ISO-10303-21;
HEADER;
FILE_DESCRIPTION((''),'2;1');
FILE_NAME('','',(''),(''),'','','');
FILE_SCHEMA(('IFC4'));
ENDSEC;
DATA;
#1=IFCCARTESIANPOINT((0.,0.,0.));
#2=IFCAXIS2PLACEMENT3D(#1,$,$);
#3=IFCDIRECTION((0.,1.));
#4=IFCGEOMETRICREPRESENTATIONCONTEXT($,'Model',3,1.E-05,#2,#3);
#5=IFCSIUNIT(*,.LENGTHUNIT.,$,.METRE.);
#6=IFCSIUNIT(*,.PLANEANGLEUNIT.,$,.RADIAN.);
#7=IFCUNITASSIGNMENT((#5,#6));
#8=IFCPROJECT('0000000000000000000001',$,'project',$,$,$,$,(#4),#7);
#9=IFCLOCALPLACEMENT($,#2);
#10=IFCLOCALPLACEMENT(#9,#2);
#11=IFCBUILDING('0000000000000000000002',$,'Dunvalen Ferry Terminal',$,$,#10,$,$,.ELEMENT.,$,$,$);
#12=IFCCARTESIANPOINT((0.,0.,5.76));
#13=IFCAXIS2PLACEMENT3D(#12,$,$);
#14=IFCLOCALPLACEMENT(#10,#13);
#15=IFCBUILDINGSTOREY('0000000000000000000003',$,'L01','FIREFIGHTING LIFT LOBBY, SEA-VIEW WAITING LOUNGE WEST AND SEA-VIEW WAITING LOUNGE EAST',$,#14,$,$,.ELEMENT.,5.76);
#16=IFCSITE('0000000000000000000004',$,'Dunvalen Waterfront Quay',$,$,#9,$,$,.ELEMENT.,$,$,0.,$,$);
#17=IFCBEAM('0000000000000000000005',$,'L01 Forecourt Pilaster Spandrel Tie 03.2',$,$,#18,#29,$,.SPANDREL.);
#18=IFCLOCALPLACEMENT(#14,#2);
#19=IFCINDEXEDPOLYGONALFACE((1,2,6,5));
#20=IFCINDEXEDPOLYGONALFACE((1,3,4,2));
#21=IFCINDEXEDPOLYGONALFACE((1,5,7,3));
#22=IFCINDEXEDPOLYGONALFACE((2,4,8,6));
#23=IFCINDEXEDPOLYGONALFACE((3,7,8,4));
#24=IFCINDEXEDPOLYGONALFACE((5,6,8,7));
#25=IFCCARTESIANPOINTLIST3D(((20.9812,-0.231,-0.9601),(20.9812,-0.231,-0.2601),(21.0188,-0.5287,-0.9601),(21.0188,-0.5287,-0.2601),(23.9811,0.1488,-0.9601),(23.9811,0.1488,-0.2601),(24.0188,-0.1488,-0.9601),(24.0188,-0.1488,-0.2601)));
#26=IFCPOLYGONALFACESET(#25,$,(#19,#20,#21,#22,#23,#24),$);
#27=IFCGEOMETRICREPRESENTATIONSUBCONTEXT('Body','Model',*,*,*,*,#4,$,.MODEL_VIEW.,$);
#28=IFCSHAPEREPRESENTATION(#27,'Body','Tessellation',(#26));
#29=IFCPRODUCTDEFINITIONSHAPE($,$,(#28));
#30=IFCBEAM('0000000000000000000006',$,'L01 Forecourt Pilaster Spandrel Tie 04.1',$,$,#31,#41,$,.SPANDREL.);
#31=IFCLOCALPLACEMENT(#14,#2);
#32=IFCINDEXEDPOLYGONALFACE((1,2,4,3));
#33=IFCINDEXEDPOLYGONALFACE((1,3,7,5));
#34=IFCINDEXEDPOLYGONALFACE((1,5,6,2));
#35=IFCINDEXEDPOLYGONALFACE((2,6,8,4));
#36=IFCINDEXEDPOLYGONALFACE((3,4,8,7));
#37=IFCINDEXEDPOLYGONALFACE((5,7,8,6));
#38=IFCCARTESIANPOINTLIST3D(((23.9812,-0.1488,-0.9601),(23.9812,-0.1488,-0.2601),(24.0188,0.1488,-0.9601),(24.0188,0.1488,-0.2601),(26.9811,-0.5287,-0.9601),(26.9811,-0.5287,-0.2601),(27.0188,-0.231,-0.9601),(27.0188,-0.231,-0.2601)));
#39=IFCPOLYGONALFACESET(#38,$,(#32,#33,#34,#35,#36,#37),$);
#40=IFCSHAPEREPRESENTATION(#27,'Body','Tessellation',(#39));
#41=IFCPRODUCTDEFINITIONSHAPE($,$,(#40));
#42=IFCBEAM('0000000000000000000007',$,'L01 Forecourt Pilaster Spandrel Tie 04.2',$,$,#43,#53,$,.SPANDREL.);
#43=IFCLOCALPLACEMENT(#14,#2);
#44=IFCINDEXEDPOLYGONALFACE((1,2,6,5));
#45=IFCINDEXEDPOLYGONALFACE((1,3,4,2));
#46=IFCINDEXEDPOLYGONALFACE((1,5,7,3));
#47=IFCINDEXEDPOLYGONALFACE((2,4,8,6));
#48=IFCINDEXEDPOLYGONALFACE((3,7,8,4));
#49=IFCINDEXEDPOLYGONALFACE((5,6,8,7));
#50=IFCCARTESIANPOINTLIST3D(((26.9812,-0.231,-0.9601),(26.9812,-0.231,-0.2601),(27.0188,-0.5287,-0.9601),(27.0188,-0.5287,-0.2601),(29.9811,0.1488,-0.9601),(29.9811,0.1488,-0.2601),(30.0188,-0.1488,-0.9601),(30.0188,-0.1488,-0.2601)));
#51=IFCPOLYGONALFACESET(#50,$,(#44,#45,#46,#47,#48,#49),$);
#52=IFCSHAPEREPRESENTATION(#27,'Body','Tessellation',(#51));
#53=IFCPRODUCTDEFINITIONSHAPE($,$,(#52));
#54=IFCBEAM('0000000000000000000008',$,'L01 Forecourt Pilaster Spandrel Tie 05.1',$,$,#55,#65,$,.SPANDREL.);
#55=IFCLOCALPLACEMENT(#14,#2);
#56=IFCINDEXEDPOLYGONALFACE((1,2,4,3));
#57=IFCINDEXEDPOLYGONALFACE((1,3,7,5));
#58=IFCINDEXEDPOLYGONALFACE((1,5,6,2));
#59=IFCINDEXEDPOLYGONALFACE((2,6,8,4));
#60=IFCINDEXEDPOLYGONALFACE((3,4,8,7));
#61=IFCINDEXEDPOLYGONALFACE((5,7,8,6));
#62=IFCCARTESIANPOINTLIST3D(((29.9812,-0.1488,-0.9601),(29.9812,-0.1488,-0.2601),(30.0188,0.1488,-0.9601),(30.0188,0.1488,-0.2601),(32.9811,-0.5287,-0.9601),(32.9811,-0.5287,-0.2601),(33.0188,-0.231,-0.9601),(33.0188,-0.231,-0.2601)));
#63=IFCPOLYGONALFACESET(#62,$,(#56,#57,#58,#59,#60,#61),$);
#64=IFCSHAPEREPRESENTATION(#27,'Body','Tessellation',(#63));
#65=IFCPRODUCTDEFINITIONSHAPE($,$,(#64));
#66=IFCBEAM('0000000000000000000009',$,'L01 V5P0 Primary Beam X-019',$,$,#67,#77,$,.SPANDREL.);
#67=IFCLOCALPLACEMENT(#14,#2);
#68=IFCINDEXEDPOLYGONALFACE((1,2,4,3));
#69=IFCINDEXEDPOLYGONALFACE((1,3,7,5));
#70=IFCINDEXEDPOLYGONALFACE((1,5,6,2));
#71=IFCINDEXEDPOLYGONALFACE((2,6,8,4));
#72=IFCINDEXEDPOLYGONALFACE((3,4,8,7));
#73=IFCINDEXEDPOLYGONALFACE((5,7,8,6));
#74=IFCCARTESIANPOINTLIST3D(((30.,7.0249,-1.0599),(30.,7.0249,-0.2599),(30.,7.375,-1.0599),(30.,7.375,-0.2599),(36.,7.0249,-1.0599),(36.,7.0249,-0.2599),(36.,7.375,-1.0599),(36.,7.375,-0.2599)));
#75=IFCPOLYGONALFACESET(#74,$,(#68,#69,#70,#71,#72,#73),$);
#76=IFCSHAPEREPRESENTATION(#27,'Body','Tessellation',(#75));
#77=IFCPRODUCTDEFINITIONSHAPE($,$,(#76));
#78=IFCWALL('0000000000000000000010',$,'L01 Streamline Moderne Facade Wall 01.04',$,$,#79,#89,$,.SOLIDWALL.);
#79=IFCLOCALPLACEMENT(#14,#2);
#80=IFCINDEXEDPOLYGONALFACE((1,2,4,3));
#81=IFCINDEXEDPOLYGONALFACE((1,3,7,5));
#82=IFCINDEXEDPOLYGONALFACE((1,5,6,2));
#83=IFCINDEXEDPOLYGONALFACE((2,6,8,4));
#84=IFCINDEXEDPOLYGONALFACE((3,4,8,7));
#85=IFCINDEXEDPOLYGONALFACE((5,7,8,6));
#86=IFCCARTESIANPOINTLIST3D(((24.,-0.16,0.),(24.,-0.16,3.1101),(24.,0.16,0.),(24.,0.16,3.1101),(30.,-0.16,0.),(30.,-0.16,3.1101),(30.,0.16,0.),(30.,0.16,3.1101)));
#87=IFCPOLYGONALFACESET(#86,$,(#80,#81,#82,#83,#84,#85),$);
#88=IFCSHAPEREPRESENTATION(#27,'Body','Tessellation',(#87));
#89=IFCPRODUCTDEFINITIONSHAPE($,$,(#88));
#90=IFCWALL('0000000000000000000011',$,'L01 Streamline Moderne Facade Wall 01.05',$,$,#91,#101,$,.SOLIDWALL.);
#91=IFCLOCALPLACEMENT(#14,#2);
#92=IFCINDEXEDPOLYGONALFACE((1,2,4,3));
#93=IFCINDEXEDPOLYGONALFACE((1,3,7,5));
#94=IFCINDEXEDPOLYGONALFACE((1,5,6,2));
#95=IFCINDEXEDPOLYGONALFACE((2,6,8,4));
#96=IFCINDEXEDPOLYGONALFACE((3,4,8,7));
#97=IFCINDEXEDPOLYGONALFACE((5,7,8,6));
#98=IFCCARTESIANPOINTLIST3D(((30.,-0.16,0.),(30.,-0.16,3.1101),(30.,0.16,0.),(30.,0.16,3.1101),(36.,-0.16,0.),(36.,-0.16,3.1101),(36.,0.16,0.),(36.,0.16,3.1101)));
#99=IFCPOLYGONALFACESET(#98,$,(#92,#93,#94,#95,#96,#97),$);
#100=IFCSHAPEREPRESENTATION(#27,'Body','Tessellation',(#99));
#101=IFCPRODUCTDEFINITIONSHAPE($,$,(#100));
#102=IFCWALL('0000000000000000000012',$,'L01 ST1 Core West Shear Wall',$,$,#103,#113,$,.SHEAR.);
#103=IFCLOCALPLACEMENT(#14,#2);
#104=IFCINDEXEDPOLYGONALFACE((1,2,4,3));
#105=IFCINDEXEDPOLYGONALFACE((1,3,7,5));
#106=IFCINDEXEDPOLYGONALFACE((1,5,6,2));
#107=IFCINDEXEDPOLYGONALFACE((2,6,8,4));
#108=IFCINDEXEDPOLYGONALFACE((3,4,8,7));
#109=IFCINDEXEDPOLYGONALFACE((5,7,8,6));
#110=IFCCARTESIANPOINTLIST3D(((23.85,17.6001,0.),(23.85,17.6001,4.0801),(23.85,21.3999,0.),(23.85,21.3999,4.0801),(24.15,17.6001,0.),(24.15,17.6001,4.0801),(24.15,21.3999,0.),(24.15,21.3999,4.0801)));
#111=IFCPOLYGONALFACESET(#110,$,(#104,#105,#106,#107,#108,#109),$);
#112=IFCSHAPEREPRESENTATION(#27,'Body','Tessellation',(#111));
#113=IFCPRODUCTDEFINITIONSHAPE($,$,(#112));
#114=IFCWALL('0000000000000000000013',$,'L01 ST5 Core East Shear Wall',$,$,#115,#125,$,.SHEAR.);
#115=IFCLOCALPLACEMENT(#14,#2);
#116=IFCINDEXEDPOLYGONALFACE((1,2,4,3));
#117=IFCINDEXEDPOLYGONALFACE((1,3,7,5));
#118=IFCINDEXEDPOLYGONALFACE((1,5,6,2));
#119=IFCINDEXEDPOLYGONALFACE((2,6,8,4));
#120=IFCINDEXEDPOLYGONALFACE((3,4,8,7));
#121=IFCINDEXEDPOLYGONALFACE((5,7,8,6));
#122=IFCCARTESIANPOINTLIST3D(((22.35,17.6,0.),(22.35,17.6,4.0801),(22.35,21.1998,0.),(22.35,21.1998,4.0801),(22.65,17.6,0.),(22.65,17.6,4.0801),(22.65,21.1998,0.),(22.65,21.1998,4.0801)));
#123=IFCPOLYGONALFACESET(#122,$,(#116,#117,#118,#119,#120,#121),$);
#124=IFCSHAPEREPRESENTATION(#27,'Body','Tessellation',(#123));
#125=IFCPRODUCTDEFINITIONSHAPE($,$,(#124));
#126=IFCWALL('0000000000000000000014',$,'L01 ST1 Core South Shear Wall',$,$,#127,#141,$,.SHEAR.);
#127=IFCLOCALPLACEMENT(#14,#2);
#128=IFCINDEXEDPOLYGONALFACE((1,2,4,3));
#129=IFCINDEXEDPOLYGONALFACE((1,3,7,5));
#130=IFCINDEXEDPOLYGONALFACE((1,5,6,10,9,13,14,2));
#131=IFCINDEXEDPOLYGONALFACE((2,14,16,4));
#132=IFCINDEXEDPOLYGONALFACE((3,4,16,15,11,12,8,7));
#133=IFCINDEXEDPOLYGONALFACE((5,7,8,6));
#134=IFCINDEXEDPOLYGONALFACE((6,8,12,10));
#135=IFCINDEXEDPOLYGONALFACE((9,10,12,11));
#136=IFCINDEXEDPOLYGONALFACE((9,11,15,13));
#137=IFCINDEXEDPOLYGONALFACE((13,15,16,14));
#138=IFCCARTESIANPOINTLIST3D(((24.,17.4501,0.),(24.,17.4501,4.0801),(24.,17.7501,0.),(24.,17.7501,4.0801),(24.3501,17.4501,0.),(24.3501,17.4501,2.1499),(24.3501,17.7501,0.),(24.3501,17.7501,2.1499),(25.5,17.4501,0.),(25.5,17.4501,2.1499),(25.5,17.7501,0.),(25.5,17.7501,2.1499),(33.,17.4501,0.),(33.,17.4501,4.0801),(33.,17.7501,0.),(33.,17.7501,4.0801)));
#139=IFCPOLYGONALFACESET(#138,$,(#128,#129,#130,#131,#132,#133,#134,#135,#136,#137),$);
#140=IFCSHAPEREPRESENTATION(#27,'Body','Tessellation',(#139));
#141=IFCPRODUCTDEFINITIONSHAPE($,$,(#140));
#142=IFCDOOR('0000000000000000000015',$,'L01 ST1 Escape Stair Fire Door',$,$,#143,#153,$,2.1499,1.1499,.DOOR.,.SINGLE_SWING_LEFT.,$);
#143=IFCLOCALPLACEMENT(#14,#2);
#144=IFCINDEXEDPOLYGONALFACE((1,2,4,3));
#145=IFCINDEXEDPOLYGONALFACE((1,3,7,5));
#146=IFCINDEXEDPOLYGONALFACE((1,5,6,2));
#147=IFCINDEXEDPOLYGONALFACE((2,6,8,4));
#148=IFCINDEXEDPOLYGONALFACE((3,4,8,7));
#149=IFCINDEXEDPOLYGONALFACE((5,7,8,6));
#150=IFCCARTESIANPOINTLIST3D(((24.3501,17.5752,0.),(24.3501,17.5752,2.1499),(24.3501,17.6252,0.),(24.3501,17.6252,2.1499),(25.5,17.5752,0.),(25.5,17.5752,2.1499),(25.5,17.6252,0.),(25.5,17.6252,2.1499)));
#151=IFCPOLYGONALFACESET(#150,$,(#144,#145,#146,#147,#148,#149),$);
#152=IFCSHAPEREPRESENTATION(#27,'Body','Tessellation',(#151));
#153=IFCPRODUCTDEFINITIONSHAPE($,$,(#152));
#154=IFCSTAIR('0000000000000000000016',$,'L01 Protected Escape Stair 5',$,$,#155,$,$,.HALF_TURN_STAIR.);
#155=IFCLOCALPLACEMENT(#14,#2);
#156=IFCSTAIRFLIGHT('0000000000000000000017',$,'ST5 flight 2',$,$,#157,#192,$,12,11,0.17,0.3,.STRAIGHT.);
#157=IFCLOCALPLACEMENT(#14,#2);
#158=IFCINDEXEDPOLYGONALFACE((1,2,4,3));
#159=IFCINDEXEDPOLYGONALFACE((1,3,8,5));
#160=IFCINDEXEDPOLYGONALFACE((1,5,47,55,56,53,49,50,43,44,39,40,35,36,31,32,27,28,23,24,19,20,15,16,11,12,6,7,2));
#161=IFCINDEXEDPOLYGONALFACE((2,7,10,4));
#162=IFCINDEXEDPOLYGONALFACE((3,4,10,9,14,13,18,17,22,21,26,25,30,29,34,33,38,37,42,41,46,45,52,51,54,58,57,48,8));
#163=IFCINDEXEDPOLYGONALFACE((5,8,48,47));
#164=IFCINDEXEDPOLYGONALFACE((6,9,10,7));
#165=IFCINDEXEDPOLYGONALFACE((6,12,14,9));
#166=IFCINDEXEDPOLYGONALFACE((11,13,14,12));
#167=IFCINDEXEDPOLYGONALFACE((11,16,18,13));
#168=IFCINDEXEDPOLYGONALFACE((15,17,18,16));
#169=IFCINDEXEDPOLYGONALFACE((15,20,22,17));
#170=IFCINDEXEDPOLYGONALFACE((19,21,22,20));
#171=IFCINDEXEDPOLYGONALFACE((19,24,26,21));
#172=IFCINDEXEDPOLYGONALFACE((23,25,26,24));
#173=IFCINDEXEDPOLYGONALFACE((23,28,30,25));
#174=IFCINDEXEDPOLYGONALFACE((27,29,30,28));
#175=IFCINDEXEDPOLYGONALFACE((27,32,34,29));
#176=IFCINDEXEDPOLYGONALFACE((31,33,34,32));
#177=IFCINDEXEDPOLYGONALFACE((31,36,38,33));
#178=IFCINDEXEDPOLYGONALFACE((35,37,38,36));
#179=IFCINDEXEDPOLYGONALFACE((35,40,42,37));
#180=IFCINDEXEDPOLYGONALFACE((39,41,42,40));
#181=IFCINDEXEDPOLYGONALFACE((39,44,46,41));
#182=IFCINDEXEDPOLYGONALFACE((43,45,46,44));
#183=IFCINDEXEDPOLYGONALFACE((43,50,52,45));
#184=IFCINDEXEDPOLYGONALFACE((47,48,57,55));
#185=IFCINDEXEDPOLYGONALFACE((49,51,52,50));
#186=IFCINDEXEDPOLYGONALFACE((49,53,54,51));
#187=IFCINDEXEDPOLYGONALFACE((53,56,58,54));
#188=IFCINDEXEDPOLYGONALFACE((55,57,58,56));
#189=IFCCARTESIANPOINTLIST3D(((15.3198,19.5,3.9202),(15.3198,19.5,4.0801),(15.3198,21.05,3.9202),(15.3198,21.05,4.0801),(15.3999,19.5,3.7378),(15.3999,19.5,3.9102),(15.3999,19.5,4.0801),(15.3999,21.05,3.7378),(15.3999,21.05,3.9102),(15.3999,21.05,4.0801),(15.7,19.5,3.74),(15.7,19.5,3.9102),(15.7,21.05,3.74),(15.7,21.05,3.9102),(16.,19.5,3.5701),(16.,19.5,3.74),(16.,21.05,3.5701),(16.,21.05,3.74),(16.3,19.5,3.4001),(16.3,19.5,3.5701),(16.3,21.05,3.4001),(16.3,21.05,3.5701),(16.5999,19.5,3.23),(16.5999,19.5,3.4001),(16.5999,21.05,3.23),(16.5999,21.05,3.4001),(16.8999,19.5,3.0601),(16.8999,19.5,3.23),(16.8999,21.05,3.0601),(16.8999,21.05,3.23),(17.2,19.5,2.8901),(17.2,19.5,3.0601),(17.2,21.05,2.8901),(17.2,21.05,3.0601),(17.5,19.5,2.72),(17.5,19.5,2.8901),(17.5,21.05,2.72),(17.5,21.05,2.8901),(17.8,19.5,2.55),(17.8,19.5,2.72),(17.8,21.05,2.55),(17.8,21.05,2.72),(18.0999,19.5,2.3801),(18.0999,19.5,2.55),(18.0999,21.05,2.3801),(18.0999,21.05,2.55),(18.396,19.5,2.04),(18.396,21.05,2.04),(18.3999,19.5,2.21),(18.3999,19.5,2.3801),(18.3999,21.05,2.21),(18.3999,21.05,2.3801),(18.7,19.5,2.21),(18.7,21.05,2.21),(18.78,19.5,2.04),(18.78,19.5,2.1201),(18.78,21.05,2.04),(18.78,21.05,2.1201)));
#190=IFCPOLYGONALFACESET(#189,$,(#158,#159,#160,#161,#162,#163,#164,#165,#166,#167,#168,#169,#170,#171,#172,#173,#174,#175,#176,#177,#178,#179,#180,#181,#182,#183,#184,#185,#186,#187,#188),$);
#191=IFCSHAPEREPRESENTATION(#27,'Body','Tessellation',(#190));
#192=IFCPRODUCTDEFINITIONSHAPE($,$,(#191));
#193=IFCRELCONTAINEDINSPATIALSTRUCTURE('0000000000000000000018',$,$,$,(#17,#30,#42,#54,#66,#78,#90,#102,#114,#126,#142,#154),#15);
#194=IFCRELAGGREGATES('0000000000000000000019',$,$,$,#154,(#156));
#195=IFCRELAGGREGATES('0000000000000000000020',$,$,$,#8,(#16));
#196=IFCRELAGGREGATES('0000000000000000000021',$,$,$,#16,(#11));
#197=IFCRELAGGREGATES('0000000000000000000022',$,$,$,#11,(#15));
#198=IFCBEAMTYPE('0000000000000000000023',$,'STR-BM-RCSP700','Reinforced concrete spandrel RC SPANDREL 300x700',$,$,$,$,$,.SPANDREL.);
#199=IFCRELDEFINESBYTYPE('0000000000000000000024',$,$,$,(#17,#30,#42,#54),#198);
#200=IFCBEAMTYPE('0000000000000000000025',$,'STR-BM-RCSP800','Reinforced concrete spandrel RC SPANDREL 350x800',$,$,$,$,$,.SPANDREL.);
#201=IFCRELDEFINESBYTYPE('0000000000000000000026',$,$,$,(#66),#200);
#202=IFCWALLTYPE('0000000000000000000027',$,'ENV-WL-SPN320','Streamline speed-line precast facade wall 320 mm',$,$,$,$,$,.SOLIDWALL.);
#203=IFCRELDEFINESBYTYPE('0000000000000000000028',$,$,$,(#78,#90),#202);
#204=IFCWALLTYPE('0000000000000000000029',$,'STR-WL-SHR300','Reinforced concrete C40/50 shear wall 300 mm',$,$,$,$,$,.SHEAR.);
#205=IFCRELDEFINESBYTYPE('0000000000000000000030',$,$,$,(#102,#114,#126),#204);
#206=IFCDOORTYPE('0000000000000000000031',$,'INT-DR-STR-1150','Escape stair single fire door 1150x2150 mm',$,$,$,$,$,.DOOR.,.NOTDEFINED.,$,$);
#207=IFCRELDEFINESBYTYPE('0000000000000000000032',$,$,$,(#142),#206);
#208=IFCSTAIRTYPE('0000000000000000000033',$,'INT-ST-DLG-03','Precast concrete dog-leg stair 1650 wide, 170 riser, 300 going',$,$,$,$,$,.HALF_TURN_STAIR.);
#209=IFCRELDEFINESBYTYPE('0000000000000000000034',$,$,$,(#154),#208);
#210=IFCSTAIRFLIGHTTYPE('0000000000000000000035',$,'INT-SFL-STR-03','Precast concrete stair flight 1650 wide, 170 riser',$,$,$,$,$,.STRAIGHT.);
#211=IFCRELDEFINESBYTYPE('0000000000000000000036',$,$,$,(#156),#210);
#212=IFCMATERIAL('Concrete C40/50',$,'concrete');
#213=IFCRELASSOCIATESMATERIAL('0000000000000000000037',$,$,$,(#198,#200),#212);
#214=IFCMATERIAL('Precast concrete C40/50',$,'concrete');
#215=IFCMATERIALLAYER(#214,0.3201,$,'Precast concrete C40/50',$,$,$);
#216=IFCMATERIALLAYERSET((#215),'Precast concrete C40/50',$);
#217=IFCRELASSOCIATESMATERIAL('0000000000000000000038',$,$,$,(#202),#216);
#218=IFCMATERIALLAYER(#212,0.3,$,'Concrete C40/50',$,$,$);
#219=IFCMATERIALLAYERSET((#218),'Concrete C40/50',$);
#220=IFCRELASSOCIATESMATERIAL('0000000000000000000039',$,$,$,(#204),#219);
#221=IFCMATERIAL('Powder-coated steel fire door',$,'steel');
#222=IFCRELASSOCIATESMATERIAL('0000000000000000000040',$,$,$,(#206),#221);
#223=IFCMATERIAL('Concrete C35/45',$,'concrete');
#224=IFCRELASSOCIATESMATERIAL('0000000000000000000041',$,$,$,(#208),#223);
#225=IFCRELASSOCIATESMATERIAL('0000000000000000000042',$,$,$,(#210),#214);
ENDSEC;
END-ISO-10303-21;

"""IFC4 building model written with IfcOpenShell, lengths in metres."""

from ifc_helpers import new_model, si_unit, direction, frame, frame_2d, origin, origin_2d, place, context, subcontext, project, spatial, polyline, rectangle, outline, extrude, material, layer, layer_set, material_profile, profile_set, type_object, element, fill, aggregate, save


model = new_model("IFC4")

# Units and contexts
model_context = context("Model", 3, precision=1e-05, world=origin(), true_north=direction((0.0, 1.0)))
body_context = subcontext(model_context, "Body", "Model", "MODEL_VIEW")
ifc_project = project(units=[si_unit("LENGTHUNIT", "METRE"), si_unit("PLANEANGLEUNIT", "RADIAN")], contexts=[model_context])

# Site, building, storey
site_placement = place(None, origin())
site = spatial("IfcSite", under=ifc_project, at=site_placement, Name="Dunvalen Waterfront Quay", CompositionType="ELEMENT", RefElevation=0.0)
building_placement = place(site_placement, origin())
building = spatial("IfcBuilding", under=site, at=building_placement, Name="Dunvalen Ferry Terminal", CompositionType="ELEMENT")
storey_placement = place(building_placement, frame((0.0, 0.0, 5.76)))
storey = spatial("IfcBuildingStorey", under=building, at=storey_placement, Name="L01", Description="FIREFIGHTING LIFT LOBBY, SEA-VIEW WAITING LOUNGE WEST AND SEA-VIEW WAITING LOUNGE EAST", CompositionType="ELEMENT", Elevation=5.76)

# Shared definitions
ifc_material_1 = material(Name="Concrete C40/50", Category="concrete")

# Beams
ifc_material_2 = material(Name="Concrete C35/45", Category="concrete")
ifc_material_profile_1 = material_profile(ifc_material_1, rectangle(XDim=0.3, YDim=0.7, at=origin_2d()), Name="Concrete C40/50")
ifc_profile_set_1 = profile_set([ifc_material_profile_1], Name="Concrete C40/50")
beam_type_1 = type_object("IfcBeamType", Name="STR-BM-RCSP700", Description="Reinforced concrete spandrel RC SPANDREL 300x700", PredefinedType="SPANDREL", material=ifc_profile_set_1)
for number, where, z_axis, x_axis, name in (
    (1, (21.0, -0.3799, -0.6101), (0.992078, 0.125624, 0.0), (-0.125624, 0.992078, 0.0), "L01 Forecourt Pilaster Spandrel Tie 03.2"),
    (2, (24.0, 0.0, -0.6101), (0.992078, -0.125624, 0.0), (0.125624, 0.992078, 0.0), "L01 Forecourt Pilaster Spandrel Tie 04.1"),
    (3, (27.0, -0.3799, -0.6101), (0.992078, 0.125624, 0.0), (-0.125624, 0.992078, 0.0), "L01 Forecourt Pilaster Spandrel Tie 04.2"),
    (4, (30.0, 0.0, -0.6101), (0.992078, -0.125624, 0.0), (0.125624, 0.992078, 0.0), "L01 Forecourt Pilaster Spandrel Tie 05.1"),
):
    element("IfcBeam", number, at=place(storey_placement, frame(where, z_axis=z_axis, x_axis=x_axis)), inside=storey, type_object=beam_type_1, Name=name, PredefinedType="SPANDREL", context=body_context, shape_type="SweptSolid", body=[
        extrude(rectangle(XDim=0.3, YDim=0.7, at=origin_2d()), origin(), (0.0, 0.0, 1.0), 3.0239),
    ])
ifc_material_profile_2 = material_profile(ifc_material_1, rectangle(XDim=0.3501, YDim=0.8, at=origin_2d()), Name="Concrete C40/50")
ifc_profile_set_2 = profile_set([ifc_material_profile_2], Name="Concrete C40/50")
beam_type_2 = type_object("IfcBeamType", Name="STR-BM-RCSP800", Description="Reinforced concrete spandrel RC SPANDREL 350x800", PredefinedType="SPANDREL", material=ifc_profile_set_2)
beam_1_placement = place(storey_placement, frame((30.0, 7.2, -0.6599), z_axis=(1.0, 0.0, 0.0), x_axis=(0.0, 1.0, 0.0)))
element("IfcBeam", 5, at=beam_1_placement, inside=storey, type_object=beam_type_2, Name="L01 V5P0 Primary Beam X-019", PredefinedType="SPANDREL", context=body_context, shape_type="SweptSolid", body=[
    extrude(rectangle(XDim=0.3501, YDim=0.8, at=origin_2d()), origin(), (0.0, 0.0, 1.0), 6.0),
])

# Walls
ifc_material_3 = material(Name="Precast concrete C40/50", Category="concrete")
ifc_layer_1 = layer(ifc_material_3, 0.3201, Name="Precast concrete C40/50")
ifc_layer_set_1 = layer_set([ifc_layer_1], Name="Precast concrete C40/50")
wall_type_1 = type_object("IfcWallType", Name="ENV-WL-SPN320", Description="Streamline speed-line precast facade wall 320 mm", PredefinedType="SOLIDWALL", material=ifc_layer_set_1)
for number, where, z_axis, x_axis, name in (
    (6, (24.0, 0.0, 0.0), (0.0, 0.0, 1.0), (1.0, 0.0, 0.0), "L01 Streamline Moderne Facade Wall 01.04"),
    (7, (30.0, 0.0, 0.0), (0.0, 0.0, 1.0), (1.0, 0.0, 0.0), "L01 Streamline Moderne Facade Wall 01.05"),
):
    element("IfcWall", number, at=place(storey_placement, frame(where, z_axis=z_axis, x_axis=x_axis)), inside=storey, type_object=wall_type_1, Name=name, PredefinedType="SOLIDWALL", context=body_context, shape_type="SweptSolid", body=[
        extrude(rectangle(XDim=6.0, YDim=0.3201, at=frame_2d((3.0, 0.0))), origin(), (0.0, 0.0, 1.0), 3.1101),
    ])
ifc_layer_2 = layer(ifc_material_1, 0.3, Name="Concrete C40/50")
ifc_layer_set_2 = layer_set([ifc_layer_2], Name="Concrete C40/50")
wall_type_2 = type_object("IfcWallType", Name="STR-WL-SHR300", Description="Reinforced concrete C40/50 shear wall 300 mm", PredefinedType="SHEAR", material=ifc_layer_set_2)
wall_1_placement = place(storey_placement, frame((24.0, 17.6001, 0.0), z_axis=(0.0, 0.0, 1.0), x_axis=(0.0, 1.0, 0.0)))
element("IfcWall", 8, at=wall_1_placement, inside=storey, type_object=wall_type_2, Name="L01 ST1 Core West Shear Wall", PredefinedType="SHEAR", context=body_context, shape_type="SweptSolid", body=[
    extrude(rectangle(XDim=3.7998, YDim=0.3, at=frame_2d((1.8999, 0.0))), origin(), (0.0, 0.0, 1.0), 4.0801),
])
wall_2_placement = place(storey_placement, frame((22.5, 17.6001, 0.0), z_axis=(0.0, 0.0, 1.0), x_axis=(0.0, 1.0, 0.0)))
element("IfcWall", 9, at=wall_2_placement, inside=storey, type_object=wall_type_2, Name="L01 ST5 Core East Shear Wall", PredefinedType="SHEAR", context=body_context, shape_type="SweptSolid", body=[
    extrude(rectangle(XDim=3.5999, YDim=0.3, at=frame_2d((1.7998, 0.0))), origin(), (0.0, 0.0, 1.0), 4.0801),
])

# Wall, opening, door
wall_3_placement = place(storey_placement, frame((24.0, 17.6001, 0.0), z_axis=(0.0, 0.0, 1.0), x_axis=(1.0, 0.0, 0.0)))
wall_3 = element("IfcWall", 10, at=wall_3_placement, inside=storey, type_object=wall_type_2, Name="L01 ST1 Core South Shear Wall", PredefinedType="SHEAR", context=body_context, shape_type="SweptSolid", body=[
    extrude(rectangle(XDim=9.0, YDim=0.3, at=frame_2d((4.5, 0.0))), origin(), (0.0, 0.0, 1.0), 4.0801),
])
opening_placement = place(wall_3_placement, frame((0.3501, 0.0, 0.0)))
opening = element("IfcOpeningElement", 11, at=opening_placement, cuts=wall_3, PredefinedType="OPENING", context=body_context, shape_type="SweptSolid", body=[
    extrude(rectangle(XDim=1.1499, YDim=2.1499, at=frame_2d((0.575, 1.075))), frame((0.0, 0.1602, 0.0), z_axis=(0.0, -1.0, 0.0), x_axis=(1.0, 0.0, 0.0)), (0.0, 0.0, 1.0), 0.3201),
])
ifc_material_4 = material(Name="Powder-coated steel fire door", Category="steel")
door_type = type_object("IfcDoorType", Name="INT-DR-STR-1150", Description="Escape stair single fire door 1150x2150 mm", OperationType="NOTDEFINED", PredefinedType="DOOR", material=ifc_material_4)
door_placement = place(opening_placement, frame((1.1499, 0.0, 0.0), z_axis=(0.0, 0.0, 1.0), x_axis=(-1.0, 0.0, 0.0)))
door = element("IfcDoor", 12, at=door_placement, inside=storey, type_object=door_type, Name="L01 ST1 Escape Stair Fire Door", OperationType="SINGLE_SWING_LEFT", OverallHeight=2.1499, OverallWidth=1.1499, PredefinedType="DOOR", context=body_context, shape_type="SweptSolid", body=[
    extrude(rectangle(XDim=1.1499, YDim=2.1499, at=frame_2d((0.575, 1.075))), frame((0.0, 0.0249, 0.0), z_axis=(0.0, -1.0, 0.0), x_axis=(1.0, 0.0, 0.0)), (0.0, 0.0, 1.0), 0.05),
])
fill(opening, door)

# Stair, stair flight
stair_type_1 = type_object("IfcStairType", Name="INT-ST-DLG-03", Description="Precast concrete dog-leg stair 1650 wide, 170 riser, 300 going", PredefinedType="HALF_TURN_STAIR", material=ifc_material_2)
stair_1_placement = place(storey_placement, origin())
stair_1 = element("IfcStair", 13, at=stair_1_placement, inside=storey, type_object=stair_type_1, Name="L01 Protected Escape Stair 5", PredefinedType="HALF_TURN_STAIR")
stair_flight_type_1 = type_object("IfcStairFlightType", Name="INT-SFL-STR-03", Description="Precast concrete stair flight 1650 wide, 170 riser", PredefinedType="STRAIGHT", material=ifc_material_3)
stair_flight_1_placement = place(storey_placement, frame((18.7, 20.2749, 2.04), z_axis=(0.0, 0.0, 1.0), x_axis=(-1.0, 0.0, 0.0)))
stair_flight_1 = element("IfcStairFlight", 14, at=stair_flight_1_placement, type_object=stair_flight_type_1, Name="ST5 flight 2", NumberOfRisers=12, NumberOfTreads=11, PredefinedType="STRAIGHT", RiserHeight=0.17, TreadLength=0.3, context=body_context, shape_type="SweptSolid", body=[
    extrude(outline(polyline([(-0.0801, 0.0), (-0.0801, 0.0801), (0.0, 0.1699), (0.3, 0.1699), (0.3, 0.3401), (0.6001, 0.3401), (0.6001, 0.51), (0.8999, 0.51), (0.8999, 0.6799), (1.2, 0.6799), (1.2, 0.8501), (1.5, 0.8501), (1.5, 1.02), (1.8, 1.02), (1.8, 1.1899), (2.1001, 1.1899), (2.1001, 1.3601), (2.3999, 1.3601), (2.3999, 1.53), (2.7, 1.53), (2.7, 1.7), (3.0, 1.7), (3.0, 1.8701), (3.3, 1.8701), (3.3, 2.04), (3.3801, 2.04), (3.3801, 1.8801), (3.3, 1.6978), (0.304, 0.0), (-0.0801, 0.0)])), frame((0.0, 0.7749, 0.0), z_axis=(0.0, -1.0, 0.0), x_axis=(1.0, 0.0, 0.0)), (0.0, 0.0, 1.0), 1.55),
])
aggregate(stair_1, [stair_flight_1])

save(model, "model.ifc")
